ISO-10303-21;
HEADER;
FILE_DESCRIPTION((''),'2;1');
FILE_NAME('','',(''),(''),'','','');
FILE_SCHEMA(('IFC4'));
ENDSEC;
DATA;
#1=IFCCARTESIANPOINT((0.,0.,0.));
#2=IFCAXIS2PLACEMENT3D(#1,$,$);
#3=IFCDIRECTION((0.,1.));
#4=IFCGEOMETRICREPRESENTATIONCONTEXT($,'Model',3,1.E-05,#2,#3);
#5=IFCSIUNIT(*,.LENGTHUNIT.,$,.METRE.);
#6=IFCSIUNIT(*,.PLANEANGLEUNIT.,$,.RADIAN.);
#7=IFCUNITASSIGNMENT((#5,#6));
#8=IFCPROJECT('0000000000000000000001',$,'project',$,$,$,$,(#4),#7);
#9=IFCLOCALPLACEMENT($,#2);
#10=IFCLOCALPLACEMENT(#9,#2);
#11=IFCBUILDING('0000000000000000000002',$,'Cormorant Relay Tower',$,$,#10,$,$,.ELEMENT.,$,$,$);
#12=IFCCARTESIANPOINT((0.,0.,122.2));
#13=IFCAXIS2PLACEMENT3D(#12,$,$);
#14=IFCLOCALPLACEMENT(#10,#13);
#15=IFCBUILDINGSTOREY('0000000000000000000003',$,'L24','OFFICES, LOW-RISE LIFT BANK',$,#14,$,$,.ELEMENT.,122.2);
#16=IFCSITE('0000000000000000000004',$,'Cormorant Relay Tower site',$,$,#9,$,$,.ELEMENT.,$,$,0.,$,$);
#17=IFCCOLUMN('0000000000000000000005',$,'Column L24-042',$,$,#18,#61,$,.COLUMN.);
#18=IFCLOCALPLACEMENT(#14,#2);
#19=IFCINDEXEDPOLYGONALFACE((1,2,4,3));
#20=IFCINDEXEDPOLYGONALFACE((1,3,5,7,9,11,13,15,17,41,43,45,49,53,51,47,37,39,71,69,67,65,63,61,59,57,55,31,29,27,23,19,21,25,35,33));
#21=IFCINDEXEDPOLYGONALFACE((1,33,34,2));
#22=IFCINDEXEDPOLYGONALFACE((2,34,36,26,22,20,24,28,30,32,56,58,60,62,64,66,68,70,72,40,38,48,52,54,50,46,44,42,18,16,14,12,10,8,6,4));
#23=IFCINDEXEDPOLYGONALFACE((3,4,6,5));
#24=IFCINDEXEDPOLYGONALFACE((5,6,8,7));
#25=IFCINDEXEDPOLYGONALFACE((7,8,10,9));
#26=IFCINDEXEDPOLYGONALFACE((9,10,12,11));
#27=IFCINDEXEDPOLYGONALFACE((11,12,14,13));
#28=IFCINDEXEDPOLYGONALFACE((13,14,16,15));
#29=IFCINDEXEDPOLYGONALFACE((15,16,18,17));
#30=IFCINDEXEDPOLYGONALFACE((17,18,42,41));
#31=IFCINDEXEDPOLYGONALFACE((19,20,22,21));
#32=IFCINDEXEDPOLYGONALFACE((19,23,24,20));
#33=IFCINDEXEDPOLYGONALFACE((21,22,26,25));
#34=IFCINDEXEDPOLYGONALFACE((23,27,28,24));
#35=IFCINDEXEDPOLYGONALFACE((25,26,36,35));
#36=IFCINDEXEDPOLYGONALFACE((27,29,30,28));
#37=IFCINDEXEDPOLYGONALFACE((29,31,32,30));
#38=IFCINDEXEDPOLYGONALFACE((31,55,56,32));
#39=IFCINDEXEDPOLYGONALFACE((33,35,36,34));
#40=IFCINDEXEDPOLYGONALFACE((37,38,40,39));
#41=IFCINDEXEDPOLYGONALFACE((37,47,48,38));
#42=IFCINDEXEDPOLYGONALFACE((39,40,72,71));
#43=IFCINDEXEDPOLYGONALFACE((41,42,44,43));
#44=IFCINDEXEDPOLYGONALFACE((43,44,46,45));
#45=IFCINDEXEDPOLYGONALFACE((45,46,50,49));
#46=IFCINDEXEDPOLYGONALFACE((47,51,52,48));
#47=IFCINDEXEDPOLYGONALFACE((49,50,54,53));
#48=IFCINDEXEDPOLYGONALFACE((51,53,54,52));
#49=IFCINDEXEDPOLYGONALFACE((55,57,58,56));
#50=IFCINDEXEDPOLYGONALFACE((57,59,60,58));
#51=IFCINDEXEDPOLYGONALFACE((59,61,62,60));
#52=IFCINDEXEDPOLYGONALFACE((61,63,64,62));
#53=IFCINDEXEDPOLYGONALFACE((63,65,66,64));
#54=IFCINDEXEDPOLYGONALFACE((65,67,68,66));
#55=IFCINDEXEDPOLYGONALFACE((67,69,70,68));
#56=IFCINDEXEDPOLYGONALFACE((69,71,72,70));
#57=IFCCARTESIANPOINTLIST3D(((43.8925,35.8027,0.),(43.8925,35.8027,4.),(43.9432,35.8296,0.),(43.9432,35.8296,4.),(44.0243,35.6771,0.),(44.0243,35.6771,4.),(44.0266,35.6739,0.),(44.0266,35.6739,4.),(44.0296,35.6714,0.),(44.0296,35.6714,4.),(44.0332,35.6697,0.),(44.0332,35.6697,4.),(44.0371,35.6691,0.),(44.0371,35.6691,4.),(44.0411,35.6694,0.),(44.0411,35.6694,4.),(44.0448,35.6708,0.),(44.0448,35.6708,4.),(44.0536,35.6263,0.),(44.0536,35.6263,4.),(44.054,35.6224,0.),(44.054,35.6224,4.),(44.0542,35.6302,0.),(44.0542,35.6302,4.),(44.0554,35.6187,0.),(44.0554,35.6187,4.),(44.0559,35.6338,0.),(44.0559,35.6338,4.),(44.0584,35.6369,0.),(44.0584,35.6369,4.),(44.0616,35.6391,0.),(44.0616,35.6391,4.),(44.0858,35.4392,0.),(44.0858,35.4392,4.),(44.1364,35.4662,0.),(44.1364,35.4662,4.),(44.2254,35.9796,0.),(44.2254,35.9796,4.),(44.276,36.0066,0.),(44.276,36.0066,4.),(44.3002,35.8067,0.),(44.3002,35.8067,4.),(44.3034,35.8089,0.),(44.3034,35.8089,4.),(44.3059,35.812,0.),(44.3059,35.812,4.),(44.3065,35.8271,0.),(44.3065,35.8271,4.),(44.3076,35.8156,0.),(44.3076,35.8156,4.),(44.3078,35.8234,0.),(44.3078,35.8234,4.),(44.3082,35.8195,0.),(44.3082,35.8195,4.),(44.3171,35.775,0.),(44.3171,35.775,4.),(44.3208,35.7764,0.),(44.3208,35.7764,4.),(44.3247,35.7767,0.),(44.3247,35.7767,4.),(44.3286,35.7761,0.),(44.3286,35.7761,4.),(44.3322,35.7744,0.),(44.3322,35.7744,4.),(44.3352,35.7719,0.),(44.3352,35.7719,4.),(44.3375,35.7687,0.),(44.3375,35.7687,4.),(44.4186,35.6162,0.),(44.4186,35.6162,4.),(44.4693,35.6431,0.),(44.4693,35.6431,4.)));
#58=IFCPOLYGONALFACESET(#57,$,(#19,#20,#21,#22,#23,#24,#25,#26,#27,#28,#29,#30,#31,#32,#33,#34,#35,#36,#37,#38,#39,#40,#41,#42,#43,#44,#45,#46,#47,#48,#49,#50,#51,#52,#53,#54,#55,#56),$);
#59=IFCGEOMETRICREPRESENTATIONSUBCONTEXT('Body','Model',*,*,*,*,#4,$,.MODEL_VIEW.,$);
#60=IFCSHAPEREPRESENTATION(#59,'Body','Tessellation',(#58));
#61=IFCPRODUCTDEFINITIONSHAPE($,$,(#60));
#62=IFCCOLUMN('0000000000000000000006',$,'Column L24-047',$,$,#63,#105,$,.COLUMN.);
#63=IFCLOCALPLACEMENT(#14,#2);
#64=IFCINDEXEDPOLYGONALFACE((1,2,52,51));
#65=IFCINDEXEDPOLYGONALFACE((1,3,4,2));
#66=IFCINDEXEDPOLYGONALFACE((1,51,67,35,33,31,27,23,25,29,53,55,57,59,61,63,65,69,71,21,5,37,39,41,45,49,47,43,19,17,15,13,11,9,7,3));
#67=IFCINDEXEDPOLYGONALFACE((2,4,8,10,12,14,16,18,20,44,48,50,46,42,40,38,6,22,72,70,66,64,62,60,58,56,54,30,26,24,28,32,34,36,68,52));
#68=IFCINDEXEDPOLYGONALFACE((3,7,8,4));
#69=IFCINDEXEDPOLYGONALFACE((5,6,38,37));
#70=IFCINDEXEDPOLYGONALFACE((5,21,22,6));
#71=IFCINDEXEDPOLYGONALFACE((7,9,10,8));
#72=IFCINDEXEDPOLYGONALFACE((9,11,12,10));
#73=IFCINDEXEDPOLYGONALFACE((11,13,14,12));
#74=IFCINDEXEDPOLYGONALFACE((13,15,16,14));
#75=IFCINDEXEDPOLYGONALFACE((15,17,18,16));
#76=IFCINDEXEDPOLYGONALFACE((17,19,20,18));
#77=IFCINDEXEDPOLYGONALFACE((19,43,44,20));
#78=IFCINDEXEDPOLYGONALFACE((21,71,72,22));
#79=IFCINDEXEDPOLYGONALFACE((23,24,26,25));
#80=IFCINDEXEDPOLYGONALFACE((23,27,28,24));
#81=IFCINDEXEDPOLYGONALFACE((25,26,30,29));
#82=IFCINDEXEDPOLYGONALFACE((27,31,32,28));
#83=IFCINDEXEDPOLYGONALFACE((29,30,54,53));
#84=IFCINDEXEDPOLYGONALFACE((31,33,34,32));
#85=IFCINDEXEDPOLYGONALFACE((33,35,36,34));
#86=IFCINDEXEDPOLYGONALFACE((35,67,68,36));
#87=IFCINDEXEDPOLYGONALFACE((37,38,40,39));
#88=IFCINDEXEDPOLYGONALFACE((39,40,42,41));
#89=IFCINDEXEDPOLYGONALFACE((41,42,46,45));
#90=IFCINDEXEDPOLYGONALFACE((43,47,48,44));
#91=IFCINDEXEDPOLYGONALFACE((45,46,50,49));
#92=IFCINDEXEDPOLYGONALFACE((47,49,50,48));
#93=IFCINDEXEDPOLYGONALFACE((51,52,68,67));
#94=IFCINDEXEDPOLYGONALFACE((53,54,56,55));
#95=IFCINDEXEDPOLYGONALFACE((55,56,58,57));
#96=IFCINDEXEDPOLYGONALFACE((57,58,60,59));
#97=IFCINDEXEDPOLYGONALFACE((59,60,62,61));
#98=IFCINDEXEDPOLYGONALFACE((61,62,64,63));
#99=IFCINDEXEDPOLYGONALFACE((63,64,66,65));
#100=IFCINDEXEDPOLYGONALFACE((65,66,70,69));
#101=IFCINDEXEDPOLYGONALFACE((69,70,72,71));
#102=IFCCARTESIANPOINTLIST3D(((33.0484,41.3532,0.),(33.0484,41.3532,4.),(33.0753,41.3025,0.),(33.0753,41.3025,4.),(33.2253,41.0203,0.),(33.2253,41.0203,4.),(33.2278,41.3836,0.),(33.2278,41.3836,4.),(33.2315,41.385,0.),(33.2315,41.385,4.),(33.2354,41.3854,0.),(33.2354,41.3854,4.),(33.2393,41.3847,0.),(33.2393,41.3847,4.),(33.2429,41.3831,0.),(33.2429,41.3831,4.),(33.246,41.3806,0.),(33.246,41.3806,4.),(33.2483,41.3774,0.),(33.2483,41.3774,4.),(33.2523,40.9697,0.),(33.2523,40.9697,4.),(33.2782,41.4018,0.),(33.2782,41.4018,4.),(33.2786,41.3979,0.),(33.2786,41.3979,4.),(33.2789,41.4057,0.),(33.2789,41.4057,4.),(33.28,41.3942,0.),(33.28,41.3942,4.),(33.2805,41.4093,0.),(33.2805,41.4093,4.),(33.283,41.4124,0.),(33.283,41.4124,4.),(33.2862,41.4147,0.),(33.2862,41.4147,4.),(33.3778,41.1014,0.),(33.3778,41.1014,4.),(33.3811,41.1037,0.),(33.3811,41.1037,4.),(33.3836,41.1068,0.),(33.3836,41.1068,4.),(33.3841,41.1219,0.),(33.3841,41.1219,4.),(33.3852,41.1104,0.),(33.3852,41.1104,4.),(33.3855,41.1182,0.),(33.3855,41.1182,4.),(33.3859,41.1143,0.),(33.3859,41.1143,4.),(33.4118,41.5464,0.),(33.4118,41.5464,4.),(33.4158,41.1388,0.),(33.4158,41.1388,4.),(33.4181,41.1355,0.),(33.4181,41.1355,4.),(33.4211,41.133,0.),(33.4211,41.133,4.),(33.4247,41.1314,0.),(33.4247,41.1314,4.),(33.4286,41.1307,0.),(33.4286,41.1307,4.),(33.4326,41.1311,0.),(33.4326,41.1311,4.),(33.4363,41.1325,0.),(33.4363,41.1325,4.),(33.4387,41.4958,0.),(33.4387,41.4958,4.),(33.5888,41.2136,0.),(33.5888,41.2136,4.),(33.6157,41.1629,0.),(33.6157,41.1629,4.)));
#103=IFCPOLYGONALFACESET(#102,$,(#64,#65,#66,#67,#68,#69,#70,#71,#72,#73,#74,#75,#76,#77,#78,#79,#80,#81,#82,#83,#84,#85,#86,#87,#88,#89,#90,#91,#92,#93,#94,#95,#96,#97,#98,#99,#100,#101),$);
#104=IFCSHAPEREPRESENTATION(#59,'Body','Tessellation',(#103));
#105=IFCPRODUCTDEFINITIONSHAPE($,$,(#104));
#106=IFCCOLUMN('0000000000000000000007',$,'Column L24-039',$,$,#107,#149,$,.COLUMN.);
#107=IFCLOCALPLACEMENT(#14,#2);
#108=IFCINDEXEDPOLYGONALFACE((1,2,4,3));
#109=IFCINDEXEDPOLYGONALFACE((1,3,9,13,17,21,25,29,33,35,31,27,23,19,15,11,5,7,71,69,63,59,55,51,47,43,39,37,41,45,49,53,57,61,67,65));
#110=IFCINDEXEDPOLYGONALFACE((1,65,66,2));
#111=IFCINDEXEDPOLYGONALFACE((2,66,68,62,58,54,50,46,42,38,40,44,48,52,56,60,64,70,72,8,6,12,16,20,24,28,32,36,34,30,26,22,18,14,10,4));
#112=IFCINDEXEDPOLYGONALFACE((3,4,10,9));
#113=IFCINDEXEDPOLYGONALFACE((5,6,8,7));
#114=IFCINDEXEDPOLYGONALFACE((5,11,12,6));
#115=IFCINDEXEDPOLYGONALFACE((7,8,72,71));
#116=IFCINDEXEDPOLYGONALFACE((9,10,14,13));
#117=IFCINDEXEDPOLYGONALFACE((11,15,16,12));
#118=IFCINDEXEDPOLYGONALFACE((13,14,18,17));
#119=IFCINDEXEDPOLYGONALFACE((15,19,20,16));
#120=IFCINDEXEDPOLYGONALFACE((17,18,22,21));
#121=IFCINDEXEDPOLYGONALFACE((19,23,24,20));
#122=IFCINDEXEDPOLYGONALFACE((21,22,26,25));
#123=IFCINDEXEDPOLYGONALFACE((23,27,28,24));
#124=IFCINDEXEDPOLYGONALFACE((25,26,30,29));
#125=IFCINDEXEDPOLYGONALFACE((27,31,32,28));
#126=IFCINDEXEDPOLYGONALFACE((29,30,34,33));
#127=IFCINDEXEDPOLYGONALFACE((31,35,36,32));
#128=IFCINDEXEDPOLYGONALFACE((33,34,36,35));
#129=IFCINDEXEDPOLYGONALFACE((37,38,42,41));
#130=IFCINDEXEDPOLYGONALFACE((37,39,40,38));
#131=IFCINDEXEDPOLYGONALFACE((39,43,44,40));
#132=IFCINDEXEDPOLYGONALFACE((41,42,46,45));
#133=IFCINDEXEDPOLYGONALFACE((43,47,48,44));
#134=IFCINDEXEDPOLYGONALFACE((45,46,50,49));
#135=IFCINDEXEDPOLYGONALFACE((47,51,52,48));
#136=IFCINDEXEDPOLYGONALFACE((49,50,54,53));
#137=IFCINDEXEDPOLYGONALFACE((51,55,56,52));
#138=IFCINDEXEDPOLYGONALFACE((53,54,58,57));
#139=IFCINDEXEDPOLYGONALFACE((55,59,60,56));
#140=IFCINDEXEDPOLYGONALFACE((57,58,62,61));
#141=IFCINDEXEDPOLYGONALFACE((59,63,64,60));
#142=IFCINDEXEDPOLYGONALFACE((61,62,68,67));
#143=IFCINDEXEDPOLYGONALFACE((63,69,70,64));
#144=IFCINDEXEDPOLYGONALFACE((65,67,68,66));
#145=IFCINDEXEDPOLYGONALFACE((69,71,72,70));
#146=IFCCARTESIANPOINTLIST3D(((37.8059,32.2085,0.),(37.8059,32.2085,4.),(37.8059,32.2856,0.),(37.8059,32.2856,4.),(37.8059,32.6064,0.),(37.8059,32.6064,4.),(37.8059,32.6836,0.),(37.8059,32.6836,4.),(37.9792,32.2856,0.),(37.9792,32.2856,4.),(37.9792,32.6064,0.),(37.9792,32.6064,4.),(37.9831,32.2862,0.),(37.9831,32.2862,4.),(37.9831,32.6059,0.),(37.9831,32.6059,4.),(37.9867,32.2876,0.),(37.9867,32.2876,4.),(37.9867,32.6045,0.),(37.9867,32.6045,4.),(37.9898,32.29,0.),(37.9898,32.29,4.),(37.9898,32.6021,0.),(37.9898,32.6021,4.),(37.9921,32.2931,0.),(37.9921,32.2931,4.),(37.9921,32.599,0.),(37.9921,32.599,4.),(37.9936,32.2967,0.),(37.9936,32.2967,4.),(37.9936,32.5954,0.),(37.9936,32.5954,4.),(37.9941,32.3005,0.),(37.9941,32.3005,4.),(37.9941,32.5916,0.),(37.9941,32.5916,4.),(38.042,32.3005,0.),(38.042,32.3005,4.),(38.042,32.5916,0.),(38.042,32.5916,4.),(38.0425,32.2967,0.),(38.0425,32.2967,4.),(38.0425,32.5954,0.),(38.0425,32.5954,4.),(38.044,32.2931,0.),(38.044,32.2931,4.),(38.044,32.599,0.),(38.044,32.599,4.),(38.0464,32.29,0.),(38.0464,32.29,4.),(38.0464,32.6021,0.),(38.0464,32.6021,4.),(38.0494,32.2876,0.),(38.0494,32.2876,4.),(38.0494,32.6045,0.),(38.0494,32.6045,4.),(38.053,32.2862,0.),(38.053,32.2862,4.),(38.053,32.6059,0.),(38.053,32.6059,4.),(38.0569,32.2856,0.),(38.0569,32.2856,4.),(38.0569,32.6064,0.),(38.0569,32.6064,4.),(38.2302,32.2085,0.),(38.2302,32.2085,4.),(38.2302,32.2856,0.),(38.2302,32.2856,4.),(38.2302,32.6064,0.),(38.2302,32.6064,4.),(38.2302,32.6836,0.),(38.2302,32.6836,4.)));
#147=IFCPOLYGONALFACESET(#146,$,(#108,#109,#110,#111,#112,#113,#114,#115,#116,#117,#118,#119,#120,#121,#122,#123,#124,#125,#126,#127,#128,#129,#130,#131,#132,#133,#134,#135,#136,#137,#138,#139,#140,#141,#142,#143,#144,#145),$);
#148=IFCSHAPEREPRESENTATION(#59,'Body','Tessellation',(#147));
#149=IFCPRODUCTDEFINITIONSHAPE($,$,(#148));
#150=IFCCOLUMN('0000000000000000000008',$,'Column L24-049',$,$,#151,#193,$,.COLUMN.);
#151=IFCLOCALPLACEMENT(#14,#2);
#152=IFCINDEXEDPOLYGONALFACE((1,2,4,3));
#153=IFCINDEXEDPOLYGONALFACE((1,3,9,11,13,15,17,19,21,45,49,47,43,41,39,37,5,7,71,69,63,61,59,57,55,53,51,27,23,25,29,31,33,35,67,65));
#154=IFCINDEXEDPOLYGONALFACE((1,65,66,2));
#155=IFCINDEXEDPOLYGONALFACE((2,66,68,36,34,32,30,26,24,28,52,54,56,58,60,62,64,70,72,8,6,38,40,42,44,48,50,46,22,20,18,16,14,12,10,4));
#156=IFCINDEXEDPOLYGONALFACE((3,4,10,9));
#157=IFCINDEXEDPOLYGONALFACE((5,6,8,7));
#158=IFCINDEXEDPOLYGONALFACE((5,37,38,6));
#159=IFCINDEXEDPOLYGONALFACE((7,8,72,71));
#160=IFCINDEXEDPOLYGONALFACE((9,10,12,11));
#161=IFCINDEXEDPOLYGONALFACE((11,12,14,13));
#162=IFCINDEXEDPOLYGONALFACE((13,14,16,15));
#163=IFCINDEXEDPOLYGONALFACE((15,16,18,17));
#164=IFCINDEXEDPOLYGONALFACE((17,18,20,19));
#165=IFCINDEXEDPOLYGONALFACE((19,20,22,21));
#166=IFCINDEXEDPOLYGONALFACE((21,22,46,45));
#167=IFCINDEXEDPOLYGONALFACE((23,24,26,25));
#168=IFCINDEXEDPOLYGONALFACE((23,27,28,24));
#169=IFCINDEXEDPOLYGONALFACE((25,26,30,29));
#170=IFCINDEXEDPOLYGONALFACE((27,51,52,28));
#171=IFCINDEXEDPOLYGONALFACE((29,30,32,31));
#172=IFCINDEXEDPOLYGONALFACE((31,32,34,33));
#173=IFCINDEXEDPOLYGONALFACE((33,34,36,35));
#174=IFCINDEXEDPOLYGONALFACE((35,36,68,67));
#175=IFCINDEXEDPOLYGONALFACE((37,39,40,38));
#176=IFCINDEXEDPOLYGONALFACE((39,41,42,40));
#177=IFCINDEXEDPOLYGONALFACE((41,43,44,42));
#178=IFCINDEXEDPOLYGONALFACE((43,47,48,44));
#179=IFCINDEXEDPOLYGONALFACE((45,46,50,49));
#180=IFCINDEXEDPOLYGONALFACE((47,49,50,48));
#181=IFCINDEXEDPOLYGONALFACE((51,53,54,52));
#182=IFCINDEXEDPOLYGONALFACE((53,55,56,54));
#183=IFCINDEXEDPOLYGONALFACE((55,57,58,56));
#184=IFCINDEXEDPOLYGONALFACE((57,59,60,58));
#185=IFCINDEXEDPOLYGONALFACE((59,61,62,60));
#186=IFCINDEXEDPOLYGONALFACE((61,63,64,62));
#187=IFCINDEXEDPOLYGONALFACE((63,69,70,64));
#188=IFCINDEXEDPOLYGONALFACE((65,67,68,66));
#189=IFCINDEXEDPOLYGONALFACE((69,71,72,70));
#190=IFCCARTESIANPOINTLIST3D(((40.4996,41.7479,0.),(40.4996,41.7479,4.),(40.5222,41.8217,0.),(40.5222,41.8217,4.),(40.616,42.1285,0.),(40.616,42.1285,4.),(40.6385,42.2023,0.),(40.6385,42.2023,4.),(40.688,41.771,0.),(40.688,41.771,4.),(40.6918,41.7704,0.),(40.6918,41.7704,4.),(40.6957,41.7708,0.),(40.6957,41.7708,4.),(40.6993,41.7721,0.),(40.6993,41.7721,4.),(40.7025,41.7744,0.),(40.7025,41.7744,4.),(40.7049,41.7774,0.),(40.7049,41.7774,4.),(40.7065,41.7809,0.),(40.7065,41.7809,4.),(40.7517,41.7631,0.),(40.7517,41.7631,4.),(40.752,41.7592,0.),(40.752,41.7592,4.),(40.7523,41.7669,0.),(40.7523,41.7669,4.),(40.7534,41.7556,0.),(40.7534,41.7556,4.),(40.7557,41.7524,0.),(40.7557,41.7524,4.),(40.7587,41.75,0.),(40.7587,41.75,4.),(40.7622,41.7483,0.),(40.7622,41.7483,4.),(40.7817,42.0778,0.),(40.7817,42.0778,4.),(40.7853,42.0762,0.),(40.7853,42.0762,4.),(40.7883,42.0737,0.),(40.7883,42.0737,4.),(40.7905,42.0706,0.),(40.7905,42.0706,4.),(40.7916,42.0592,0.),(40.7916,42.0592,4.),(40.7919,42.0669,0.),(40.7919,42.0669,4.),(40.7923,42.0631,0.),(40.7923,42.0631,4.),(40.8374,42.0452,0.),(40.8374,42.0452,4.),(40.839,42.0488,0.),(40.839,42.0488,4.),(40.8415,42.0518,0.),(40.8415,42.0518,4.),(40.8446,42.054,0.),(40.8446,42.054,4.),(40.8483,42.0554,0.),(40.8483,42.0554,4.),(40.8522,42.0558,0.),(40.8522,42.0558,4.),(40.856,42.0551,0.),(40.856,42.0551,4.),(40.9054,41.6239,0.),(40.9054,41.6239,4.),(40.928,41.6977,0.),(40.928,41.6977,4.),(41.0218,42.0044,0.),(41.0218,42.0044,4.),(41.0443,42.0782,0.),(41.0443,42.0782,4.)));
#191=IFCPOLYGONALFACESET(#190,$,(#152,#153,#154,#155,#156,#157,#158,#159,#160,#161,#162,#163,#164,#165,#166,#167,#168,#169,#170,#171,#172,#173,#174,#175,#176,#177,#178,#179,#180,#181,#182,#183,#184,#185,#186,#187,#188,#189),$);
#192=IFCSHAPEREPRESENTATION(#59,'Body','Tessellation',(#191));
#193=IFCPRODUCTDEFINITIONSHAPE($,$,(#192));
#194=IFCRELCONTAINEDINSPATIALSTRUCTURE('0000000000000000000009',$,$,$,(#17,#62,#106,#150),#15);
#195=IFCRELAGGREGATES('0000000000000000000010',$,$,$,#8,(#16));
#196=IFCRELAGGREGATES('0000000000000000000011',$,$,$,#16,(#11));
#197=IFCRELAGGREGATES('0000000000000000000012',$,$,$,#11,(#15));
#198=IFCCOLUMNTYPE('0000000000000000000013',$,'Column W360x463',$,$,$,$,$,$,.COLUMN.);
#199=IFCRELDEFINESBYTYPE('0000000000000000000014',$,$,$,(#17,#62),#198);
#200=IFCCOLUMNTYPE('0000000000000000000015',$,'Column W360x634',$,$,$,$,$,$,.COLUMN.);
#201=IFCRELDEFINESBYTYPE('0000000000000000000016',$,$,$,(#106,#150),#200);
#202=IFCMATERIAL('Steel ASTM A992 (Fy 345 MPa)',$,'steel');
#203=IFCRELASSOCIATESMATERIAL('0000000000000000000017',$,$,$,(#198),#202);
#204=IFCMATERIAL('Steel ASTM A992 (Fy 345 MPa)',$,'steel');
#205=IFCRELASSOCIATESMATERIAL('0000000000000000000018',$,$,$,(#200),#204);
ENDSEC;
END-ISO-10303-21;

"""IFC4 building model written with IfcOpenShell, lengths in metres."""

from ifc_helpers import new_model, si_unit, direction, frame, origin, origin_2d, place, context, subcontext, project, spatial, i_section, extrude, material, material_profile, profile_set, type_object, element, save


model = new_model("IFC4")

# Units and contexts
model_context = context("Model", 3, precision=1e-05, world=origin(), true_north=direction((0.0, 1.0)))
body_context = subcontext(model_context, "Body", "Model", "MODEL_VIEW")
ifc_project = project(units=[si_unit("LENGTHUNIT", "METRE"), si_unit("PLANEANGLEUNIT", "RADIAN")], contexts=[model_context])

# Site, building, storey
site_placement = place(None, origin())
site = spatial("IfcSite", under=ifc_project, at=site_placement, Name="Cormorant Relay Tower site", CompositionType="ELEMENT", RefElevation=0.0)
building_placement = place(site_placement, origin())
building = spatial("IfcBuilding", under=site, at=building_placement, Name="Cormorant Relay Tower", CompositionType="ELEMENT")
storey_placement = place(building_placement, frame((0.0, 0.0, 122.2)))
storey = spatial("IfcBuildingStorey", under=building, at=storey_placement, Name="L24", Description="OFFICES, LOW-RISE LIFT BANK", CompositionType="ELEMENT", Elevation=122.2)

# Columns
ifc_material_1 = material(Name="Steel ASTM A992 (Fy 345 MPa)", Category="steel")
ifc_material_profile_1 = material_profile(ifc_material_1, i_section(OverallWidth=0.4116, OverallDepth=0.4343, WebThickness=0.0359, FlangeThickness=0.0574, FilletRadius=0.0151, at=origin_2d()), Name="W360x463")
ifc_profile_set_1 = profile_set([ifc_material_profile_1], Name="Steel ASTM A992 (Fy 345 MPa)")
column_type_1 = type_object("IfcColumnType", Name="Column W360x463", PredefinedType="COLUMN", material=ifc_profile_set_1)
for number, where, z_axis, x_axis, name in (
    (1, (44.1809, 35.7229, 0.0), (0.0, 0.0, 1.0), (-0.469472, 0.882948, 0.0), "Column L24-042"),
    (2, (33.332, 41.2581, 0.0), (0.0, 0.0, 1.0), (-0.882948, -0.469472, 0.0), "Column L24-047"),
):
    element("IfcColumn", number, at=place(storey_placement, frame(where, z_axis=z_axis, x_axis=x_axis)), inside=storey, type_object=column_type_1, Name=name, PredefinedType="COLUMN", context=body_context, shape_type="SweptSolid", body=[
        extrude(i_section(OverallWidth=0.4116, OverallDepth=0.4343, WebThickness=0.0359, FlangeThickness=0.0574, FilletRadius=0.0151, at=origin_2d()), origin(), (0.0, 0.0, 1.0), 4.0),
    ])
ifc_material_2 = material(Name="Steel ASTM A992 (Fy 345 MPa)", Category="steel")
ifc_material_profile_2 = material_profile(ifc_material_2, i_section(OverallWidth=0.4243, OverallDepth=0.4751, WebThickness=0.0479, FlangeThickness=0.0771, FilletRadius=0.0149, at=origin_2d()), Name="W360x634")
ifc_profile_set_2 = profile_set([ifc_material_profile_2], Name="Steel ASTM A992 (Fy 345 MPa)")
column_type_2 = type_object("IfcColumnType", Name="Column W360x634", PredefinedType="COLUMN", material=ifc_profile_set_2)
for number, where, z_axis, x_axis, name in (
    (3, (38.0181, 32.446, 0.0), (0.0, 0.0, 1.0), (1.0, 0.0, 0.0), "Column L24-039"),
    (4, (40.772, 41.9131, 0.0), (0.0, 0.0, 1.0), (-0.956305, 0.292372, 0.0), "Column L24-049"),
):
    element("IfcColumn", number, at=place(storey_placement, frame(where, z_axis=z_axis, x_axis=x_axis)), inside=storey, type_object=column_type_2, Name=name, PredefinedType="COLUMN", context=body_context, shape_type="SweptSolid", body=[
        extrude(i_section(OverallWidth=0.4243, OverallDepth=0.4751, WebThickness=0.0479, FlangeThickness=0.0771, FilletRadius=0.0149, at=origin_2d()), origin(), (0.0, 0.0, 1.0), 4.0),
    ])

save(model, "model.ifc")
